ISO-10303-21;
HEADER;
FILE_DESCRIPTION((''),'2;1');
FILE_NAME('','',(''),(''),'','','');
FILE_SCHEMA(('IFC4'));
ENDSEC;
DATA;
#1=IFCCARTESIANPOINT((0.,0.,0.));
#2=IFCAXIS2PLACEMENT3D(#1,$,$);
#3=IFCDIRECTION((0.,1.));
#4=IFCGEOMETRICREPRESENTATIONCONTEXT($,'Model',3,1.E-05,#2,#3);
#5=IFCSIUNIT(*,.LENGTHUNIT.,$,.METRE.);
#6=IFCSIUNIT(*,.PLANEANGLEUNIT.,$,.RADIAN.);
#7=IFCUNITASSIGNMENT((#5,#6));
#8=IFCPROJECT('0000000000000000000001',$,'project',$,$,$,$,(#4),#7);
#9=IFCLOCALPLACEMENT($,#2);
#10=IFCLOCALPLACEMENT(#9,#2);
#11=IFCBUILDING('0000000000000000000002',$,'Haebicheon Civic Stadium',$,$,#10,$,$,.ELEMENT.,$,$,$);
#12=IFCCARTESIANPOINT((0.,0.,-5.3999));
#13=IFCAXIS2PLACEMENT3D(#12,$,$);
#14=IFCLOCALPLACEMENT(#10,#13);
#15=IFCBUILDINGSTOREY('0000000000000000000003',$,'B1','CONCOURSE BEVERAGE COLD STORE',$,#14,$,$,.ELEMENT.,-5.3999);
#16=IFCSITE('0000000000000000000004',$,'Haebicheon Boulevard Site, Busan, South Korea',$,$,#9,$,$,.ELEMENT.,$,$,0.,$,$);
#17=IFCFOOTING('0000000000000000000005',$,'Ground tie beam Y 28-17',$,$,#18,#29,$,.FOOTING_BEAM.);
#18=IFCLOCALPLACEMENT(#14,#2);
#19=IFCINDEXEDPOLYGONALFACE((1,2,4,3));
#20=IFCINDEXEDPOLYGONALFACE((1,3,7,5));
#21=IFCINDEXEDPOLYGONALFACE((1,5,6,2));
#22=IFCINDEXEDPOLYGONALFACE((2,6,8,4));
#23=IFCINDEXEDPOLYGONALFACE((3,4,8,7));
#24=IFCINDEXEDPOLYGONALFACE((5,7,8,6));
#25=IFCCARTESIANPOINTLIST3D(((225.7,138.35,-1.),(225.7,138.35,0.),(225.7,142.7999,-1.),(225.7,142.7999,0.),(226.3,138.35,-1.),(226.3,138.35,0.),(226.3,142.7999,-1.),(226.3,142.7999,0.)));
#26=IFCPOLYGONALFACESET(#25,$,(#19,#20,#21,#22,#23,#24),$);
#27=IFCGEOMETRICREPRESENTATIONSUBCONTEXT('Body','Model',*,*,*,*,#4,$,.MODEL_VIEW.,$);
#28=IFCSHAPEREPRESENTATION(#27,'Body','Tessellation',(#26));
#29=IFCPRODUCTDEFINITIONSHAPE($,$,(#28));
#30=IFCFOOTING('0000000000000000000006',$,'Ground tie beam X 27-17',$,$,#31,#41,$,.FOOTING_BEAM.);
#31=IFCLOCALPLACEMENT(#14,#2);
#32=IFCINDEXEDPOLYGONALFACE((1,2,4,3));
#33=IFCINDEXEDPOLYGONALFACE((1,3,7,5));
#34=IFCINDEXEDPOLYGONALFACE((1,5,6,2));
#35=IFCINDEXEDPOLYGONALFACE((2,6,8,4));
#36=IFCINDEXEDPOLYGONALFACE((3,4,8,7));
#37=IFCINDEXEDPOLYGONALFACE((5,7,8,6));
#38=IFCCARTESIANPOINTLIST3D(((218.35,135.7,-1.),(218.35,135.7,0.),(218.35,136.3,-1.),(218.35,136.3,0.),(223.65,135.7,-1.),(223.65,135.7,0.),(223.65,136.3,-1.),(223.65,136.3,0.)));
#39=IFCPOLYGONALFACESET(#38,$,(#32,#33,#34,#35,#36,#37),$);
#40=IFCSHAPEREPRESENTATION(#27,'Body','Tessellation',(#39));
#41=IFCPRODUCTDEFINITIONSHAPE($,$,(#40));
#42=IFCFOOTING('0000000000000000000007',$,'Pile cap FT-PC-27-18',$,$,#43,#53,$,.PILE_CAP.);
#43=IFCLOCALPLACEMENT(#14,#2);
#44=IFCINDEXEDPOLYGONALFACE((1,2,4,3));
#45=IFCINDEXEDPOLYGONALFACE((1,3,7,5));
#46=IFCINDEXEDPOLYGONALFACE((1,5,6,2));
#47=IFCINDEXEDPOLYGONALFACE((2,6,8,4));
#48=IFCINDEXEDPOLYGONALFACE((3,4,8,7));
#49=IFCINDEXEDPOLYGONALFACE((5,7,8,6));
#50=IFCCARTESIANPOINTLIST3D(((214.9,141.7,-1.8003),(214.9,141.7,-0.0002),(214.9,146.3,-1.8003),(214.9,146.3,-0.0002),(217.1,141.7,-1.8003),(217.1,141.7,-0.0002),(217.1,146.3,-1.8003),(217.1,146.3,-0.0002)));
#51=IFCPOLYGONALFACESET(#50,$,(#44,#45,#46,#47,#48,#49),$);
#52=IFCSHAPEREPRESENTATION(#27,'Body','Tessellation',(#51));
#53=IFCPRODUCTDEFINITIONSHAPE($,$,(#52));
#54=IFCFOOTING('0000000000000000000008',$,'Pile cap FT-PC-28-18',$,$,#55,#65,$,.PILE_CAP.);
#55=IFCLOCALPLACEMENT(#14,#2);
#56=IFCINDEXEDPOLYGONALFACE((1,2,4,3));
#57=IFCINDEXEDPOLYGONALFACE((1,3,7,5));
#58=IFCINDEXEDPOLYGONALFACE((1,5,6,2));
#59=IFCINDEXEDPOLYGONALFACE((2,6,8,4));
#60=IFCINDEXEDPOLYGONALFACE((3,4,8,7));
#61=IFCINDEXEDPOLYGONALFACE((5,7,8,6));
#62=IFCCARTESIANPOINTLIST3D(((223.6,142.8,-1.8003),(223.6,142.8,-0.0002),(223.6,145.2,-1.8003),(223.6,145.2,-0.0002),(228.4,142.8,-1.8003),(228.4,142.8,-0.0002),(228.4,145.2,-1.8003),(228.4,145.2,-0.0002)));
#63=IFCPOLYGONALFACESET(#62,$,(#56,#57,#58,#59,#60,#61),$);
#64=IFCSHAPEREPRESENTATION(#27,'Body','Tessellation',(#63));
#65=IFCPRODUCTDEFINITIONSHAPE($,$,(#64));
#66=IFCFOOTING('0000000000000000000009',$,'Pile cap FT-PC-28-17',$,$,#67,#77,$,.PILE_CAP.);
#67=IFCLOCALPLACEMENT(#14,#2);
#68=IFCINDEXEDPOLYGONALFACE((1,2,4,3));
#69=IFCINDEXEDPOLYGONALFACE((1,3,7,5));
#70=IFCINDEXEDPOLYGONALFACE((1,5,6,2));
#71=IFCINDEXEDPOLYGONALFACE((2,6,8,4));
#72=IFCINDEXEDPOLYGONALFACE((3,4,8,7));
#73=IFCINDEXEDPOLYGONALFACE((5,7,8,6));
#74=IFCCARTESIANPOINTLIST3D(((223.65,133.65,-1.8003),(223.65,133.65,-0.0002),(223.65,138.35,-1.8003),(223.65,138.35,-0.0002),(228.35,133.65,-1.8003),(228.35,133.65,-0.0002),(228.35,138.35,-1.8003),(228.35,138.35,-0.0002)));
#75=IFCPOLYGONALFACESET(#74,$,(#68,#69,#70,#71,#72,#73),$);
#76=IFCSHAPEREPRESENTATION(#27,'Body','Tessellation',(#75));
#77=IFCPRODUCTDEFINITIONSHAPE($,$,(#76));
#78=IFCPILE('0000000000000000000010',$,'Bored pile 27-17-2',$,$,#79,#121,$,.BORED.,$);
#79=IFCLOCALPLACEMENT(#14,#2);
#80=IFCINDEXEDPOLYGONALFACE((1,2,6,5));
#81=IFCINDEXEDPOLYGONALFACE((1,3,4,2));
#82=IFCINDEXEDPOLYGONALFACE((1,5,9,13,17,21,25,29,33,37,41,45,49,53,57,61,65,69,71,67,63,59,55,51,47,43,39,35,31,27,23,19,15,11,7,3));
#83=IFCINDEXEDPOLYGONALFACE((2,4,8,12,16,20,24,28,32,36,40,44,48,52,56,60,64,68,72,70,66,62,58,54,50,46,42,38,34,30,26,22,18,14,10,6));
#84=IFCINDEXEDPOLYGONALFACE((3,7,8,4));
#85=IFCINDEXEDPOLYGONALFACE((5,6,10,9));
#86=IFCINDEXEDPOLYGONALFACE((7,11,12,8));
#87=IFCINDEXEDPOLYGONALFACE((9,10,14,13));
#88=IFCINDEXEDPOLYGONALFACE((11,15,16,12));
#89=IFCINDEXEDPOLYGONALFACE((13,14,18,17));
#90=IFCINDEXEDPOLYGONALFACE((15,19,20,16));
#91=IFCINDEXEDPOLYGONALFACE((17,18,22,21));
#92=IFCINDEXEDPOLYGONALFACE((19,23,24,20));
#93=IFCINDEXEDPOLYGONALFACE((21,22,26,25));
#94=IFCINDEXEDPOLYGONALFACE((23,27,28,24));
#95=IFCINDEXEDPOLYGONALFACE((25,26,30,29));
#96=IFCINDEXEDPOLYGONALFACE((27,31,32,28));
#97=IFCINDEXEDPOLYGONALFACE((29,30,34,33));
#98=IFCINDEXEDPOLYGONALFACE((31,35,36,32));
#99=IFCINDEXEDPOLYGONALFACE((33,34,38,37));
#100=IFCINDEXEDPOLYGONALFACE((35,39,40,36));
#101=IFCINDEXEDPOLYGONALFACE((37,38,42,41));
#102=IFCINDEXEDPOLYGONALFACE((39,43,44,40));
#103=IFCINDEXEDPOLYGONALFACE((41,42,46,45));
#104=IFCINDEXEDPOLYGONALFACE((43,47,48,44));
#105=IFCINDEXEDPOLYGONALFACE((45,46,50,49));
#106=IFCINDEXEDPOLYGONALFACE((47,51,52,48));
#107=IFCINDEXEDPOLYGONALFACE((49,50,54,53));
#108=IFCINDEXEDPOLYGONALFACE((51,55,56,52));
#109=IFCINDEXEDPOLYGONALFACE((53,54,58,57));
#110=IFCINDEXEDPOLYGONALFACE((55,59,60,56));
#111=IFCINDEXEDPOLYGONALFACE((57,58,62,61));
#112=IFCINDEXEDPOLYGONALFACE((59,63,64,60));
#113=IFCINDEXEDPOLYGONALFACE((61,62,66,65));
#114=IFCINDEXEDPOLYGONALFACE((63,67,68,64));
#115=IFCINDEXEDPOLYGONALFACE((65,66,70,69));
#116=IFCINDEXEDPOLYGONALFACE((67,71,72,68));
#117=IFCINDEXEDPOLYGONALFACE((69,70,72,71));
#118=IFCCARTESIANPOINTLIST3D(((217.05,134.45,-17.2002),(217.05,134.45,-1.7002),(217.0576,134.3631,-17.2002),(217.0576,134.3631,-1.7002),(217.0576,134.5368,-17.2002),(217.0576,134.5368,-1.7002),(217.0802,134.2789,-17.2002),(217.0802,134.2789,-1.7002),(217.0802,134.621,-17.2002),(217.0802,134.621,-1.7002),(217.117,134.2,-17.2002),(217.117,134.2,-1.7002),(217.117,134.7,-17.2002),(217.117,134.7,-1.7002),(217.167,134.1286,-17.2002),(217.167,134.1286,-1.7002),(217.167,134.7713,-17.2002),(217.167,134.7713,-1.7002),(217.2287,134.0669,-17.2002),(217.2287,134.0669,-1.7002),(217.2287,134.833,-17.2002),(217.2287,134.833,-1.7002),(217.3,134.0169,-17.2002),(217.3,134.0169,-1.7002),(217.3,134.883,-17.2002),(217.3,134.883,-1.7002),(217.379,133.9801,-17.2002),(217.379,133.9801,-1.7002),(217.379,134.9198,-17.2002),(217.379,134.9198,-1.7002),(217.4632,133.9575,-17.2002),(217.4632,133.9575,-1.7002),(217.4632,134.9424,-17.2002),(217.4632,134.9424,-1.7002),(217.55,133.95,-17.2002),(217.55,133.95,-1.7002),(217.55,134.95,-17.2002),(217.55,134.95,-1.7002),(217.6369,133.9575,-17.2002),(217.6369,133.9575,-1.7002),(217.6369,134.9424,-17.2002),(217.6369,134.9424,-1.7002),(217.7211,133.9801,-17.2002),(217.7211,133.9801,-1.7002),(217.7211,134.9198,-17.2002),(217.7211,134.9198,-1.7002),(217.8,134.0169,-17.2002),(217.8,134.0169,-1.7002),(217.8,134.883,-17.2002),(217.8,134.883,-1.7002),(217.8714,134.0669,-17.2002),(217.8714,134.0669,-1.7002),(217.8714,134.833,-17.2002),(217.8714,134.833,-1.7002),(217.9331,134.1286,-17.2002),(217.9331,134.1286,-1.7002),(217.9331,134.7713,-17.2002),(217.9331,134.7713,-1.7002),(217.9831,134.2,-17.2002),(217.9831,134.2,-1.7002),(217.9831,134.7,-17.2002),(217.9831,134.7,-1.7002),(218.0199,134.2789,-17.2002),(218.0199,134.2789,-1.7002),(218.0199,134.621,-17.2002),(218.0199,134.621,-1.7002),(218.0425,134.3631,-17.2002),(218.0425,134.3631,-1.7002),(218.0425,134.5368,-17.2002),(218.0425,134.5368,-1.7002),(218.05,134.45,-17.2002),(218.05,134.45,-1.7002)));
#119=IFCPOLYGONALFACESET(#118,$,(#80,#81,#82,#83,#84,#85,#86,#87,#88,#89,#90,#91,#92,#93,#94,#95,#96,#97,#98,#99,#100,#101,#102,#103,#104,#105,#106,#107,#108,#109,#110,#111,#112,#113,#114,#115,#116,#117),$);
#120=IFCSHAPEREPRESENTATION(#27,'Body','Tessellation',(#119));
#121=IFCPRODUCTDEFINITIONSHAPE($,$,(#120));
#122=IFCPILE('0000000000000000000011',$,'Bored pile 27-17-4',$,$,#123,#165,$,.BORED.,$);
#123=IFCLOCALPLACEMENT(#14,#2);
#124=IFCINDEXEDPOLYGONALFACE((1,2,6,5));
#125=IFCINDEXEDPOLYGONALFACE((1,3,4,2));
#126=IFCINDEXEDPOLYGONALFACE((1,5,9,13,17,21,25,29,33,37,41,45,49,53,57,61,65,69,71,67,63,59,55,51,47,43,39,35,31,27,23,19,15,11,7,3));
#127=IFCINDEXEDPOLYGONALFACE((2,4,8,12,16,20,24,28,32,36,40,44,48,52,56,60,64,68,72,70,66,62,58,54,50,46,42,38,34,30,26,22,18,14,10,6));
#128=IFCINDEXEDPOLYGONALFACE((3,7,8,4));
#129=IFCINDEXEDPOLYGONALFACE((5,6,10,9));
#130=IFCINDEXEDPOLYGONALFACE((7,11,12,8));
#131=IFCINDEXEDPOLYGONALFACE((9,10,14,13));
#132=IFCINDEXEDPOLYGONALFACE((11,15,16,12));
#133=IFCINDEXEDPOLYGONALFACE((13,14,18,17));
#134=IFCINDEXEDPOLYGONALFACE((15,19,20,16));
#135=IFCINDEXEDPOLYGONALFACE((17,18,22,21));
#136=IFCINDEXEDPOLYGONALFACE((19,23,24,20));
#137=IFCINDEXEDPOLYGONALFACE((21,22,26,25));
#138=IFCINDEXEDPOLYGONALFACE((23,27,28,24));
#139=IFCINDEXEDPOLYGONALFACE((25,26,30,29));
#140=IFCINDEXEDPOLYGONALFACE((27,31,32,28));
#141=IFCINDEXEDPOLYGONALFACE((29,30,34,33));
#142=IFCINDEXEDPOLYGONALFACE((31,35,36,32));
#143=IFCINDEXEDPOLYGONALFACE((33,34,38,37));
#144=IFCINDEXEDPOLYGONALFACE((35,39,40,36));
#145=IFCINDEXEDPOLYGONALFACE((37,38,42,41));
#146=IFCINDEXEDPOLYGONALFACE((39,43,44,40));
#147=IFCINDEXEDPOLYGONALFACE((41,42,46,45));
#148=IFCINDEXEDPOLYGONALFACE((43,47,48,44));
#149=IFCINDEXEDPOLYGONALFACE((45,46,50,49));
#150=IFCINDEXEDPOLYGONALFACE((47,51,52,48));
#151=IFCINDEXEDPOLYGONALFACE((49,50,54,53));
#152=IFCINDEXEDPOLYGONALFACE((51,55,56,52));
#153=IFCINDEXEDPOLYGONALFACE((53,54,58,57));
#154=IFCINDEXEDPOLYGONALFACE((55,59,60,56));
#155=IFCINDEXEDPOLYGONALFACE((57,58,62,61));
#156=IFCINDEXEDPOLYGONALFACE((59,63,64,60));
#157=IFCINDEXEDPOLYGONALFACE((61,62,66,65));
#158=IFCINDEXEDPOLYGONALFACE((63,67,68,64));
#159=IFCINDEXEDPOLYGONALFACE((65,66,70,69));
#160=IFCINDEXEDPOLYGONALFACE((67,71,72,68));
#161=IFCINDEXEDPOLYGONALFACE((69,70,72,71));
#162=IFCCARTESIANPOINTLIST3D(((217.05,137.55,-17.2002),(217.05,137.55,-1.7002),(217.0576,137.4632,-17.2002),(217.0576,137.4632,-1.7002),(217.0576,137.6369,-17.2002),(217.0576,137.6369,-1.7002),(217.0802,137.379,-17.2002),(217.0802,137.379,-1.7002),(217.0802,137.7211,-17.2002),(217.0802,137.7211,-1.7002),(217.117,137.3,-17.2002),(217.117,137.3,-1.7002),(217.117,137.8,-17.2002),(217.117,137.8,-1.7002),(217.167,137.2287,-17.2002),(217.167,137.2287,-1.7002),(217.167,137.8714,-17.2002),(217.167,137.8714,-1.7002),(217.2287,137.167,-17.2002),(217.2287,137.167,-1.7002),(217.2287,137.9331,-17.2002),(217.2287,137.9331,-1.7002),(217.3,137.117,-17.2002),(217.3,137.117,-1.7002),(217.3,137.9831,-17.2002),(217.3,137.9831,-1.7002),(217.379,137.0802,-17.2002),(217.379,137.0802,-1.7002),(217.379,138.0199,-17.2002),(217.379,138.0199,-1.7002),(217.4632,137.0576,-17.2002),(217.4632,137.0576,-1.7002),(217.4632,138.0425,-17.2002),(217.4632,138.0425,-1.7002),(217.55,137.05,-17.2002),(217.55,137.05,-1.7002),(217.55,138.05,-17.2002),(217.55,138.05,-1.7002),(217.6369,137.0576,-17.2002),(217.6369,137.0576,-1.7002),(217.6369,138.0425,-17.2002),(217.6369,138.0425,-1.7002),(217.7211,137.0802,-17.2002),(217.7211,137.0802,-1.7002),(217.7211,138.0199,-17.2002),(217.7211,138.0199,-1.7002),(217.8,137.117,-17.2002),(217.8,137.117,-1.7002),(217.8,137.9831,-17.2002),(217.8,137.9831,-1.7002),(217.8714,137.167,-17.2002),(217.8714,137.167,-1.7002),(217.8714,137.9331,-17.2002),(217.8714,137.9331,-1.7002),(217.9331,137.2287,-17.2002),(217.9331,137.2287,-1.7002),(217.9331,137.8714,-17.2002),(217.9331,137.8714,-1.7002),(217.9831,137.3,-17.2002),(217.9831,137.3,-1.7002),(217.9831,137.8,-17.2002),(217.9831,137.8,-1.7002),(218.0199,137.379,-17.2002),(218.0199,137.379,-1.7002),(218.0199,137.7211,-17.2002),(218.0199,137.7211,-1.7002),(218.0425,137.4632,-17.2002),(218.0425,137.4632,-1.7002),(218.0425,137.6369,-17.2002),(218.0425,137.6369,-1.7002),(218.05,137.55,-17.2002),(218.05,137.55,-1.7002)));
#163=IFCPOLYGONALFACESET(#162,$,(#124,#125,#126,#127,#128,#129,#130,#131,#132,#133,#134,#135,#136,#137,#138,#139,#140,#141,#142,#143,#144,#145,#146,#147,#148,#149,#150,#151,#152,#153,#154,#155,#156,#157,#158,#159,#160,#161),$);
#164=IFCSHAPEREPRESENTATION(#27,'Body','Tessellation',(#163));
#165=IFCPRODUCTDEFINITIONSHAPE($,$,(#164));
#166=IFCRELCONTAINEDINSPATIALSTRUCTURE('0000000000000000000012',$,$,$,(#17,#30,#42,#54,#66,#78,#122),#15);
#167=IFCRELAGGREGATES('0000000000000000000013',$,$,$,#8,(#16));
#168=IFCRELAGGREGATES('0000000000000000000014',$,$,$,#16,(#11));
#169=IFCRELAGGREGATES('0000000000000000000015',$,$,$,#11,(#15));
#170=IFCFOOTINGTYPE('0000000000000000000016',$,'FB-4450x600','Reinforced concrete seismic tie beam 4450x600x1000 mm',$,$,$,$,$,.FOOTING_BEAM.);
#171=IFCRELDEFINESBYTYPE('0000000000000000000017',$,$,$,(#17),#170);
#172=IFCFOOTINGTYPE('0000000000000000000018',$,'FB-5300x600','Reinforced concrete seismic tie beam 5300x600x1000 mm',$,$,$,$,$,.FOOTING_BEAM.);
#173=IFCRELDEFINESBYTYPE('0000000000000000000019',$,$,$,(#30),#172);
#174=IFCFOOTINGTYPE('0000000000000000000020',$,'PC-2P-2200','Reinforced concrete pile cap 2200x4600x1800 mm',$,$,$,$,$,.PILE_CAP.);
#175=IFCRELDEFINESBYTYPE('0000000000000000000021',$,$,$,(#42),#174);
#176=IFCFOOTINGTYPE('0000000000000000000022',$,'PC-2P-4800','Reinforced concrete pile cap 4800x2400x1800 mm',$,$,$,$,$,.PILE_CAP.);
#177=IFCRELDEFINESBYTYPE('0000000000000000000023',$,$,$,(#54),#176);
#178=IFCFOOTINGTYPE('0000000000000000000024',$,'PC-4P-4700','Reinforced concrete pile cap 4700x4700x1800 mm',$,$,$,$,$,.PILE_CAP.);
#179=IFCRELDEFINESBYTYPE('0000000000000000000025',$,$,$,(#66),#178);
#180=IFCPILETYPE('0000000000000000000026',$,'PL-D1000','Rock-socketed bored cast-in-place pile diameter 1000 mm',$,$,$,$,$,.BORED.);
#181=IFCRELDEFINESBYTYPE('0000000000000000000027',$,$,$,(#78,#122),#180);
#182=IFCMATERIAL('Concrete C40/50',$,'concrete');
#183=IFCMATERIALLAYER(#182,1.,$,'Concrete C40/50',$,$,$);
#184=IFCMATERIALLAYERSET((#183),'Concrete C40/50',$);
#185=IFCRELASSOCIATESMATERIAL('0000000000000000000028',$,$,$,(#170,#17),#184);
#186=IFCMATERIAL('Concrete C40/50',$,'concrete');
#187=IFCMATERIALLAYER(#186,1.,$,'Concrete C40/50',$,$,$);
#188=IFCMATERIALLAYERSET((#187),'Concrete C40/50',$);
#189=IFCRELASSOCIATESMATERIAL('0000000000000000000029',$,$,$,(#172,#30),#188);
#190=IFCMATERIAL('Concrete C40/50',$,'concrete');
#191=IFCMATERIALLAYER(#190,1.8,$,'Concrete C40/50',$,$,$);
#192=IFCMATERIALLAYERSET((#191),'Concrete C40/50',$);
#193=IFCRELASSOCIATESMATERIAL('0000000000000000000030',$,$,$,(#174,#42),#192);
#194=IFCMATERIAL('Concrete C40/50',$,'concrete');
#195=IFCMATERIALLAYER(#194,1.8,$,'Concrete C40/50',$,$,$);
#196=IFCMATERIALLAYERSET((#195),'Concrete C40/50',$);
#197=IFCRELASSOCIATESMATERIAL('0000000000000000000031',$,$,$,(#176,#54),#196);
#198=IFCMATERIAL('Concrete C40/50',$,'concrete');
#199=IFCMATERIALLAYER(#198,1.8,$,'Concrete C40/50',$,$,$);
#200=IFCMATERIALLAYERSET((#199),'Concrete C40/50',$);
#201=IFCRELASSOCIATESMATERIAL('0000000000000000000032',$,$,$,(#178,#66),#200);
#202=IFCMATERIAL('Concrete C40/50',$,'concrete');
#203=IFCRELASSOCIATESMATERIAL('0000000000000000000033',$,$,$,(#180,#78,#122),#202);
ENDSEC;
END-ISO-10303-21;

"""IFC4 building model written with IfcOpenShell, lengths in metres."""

from ifc_helpers import new_model, si_unit, direction, frame, origin, origin_2d, place, context, subcontext, project, spatial, rectangle, circle, extrude, material, layer, layer_set, material_profile, profile_set, type_object, element, save


model = new_model("IFC4")

# Units and contexts
model_context = context("Model", 3, precision=1e-05, world=origin(), true_north=direction((0.0, 1.0)))
body_context = subcontext(model_context, "Body", "Model", "MODEL_VIEW")
ifc_project = project(units=[si_unit("LENGTHUNIT", "METRE"), si_unit("PLANEANGLEUNIT", "RADIAN")], contexts=[model_context])

# Site, building, storey
site_placement = place(None, origin())
site = spatial("IfcSite", under=ifc_project, at=site_placement, Name="Haebicheon Boulevard Site, Busan, South Korea", CompositionType="ELEMENT", RefElevation=0.0)
building_placement = place(site_placement, origin())
building = spatial("IfcBuilding", under=site, at=building_placement, Name="Haebicheon Civic Stadium", CompositionType="ELEMENT")
storey_placement = place(building_placement, frame((0.0, 0.0, -5.3999)))
storey = spatial("IfcBuildingStorey", under=building, at=storey_placement, Name="B1", Description="CONCOURSE BEVERAGE COLD STORE", CompositionType="ELEMENT", Elevation=-5.3999)

# Footings
ifc_material_1 = material(Name="Concrete C40/50", Category="concrete")
ifc_layer_1 = layer(ifc_material_1, 1.0, Name="Concrete C40/50")
ifc_layer_set_1 = layer_set([ifc_layer_1], Name="Concrete C40/50")
footing_type_1 = type_object("IfcFootingType", Name="FB-4450x600", Description="Reinforced concrete seismic tie beam 4450x600x1000 mm", PredefinedType="FOOTING_BEAM", material=ifc_layer_set_1)
footing_1_placement = place(storey_placement, frame((226.0, 140.575, -1.0), z_axis=(0.0, 0.0, 1.0), x_axis=(0.0, 1.0, 0.0)))
element("IfcFooting", 1, at=footing_1_placement, inside=storey, type_object=footing_type_1, material=ifc_layer_set_1, Name="Ground tie beam Y 28-17", PredefinedType="FOOTING_BEAM", context=body_context, shape_type="SweptSolid", body=[
    extrude(rectangle(XDim=4.45, YDim=0.6001, at=origin_2d()), origin(), (0.0, 0.0, 1.0), 1.0),
])
ifc_material_2 = material(Name="Concrete C40/50", Category="concrete")
ifc_layer_2 = layer(ifc_material_2, 1.0, Name="Concrete C40/50")
ifc_layer_set_2 = layer_set([ifc_layer_2], Name="Concrete C40/50")
footing_type_2 = type_object("IfcFootingType", Name="FB-5300x600", Description="Reinforced concrete seismic tie beam 5300x600x1000 mm", PredefinedType="FOOTING_BEAM", material=ifc_layer_set_2)
footing_2_placement = place(storey_placement, frame((221.0, 136.0, -1.0), z_axis=(0.0, 0.0, 1.0), x_axis=(1.0, 0.0, 0.0)))
element("IfcFooting", 2, at=footing_2_placement, inside=storey, type_object=footing_type_2, material=ifc_layer_set_2, Name="Ground tie beam X 27-17", PredefinedType="FOOTING_BEAM", context=body_context, shape_type="SweptSolid", body=[
    extrude(rectangle(XDim=5.3, YDim=0.6001, at=origin_2d()), origin(), (0.0, 0.0, 1.0), 1.0),
])
ifc_material_3 = material(Name="Concrete C40/50", Category="concrete")
ifc_layer_3 = layer(ifc_material_3, 1.8, Name="Concrete C40/50")
ifc_layer_set_3 = layer_set([ifc_layer_3], Name="Concrete C40/50")
footing_type_3 = type_object("IfcFootingType", Name="PC-2P-2200", Description="Reinforced concrete pile cap 2200x4600x1800 mm", PredefinedType="PILE_CAP", material=ifc_layer_set_3)
footing_3_placement = place(storey_placement, frame((216.0, 144.0, -1.8003), z_axis=(0.0, 0.0, 1.0), x_axis=(1.0, 0.0, 0.0)))
element("IfcFooting", 3, at=footing_3_placement, inside=storey, type_object=footing_type_3, material=ifc_layer_set_3, Name="Pile cap FT-PC-27-18", PredefinedType="PILE_CAP", context=body_context, shape_type="SweptSolid", body=[
    extrude(rectangle(XDim=2.2, YDim=4.6001, at=origin_2d()), origin(), (0.0, 0.0, 1.0), 1.8),
])
ifc_material_4 = material(Name="Concrete C40/50", Category="concrete")
ifc_layer_4 = layer(ifc_material_4, 1.8, Name="Concrete C40/50")
ifc_layer_set_4 = layer_set([ifc_layer_4], Name="Concrete C40/50")
footing_type_4 = type_object("IfcFootingType", Name="PC-2P-4800", Description="Reinforced concrete pile cap 4800x2400x1800 mm", PredefinedType="PILE_CAP", material=ifc_layer_set_4)
footing_4_placement = place(storey_placement, frame((226.0, 144.0, -1.8003), z_axis=(0.0, 0.0, 1.0), x_axis=(1.0, 0.0, 0.0)))
element("IfcFooting", 4, at=footing_4_placement, inside=storey, type_object=footing_type_4, material=ifc_layer_set_4, Name="Pile cap FT-PC-28-18", PredefinedType="PILE_CAP", context=body_context, shape_type="SweptSolid", body=[
    extrude(rectangle(XDim=4.8, YDim=2.3999, at=origin_2d()), origin(), (0.0, 0.0, 1.0), 1.8),
])
ifc_material_5 = material(Name="Concrete C40/50", Category="concrete")
ifc_layer_5 = layer(ifc_material_5, 1.8, Name="Concrete C40/50")
ifc_layer_set_5 = layer_set([ifc_layer_5], Name="Concrete C40/50")
footing_type_5 = type_object("IfcFootingType", Name="PC-4P-4700", Description="Reinforced concrete pile cap 4700x4700x1800 mm", PredefinedType="PILE_CAP", material=ifc_layer_set_5)
footing_5_placement = place(storey_placement, frame((226.0, 136.0, -1.8003), z_axis=(0.0, 0.0, 1.0), x_axis=(1.0, 0.0, 0.0)))
element("IfcFooting", 5, at=footing_5_placement, inside=storey, type_object=footing_type_5, material=ifc_layer_set_5, Name="Pile cap FT-PC-28-17", PredefinedType="PILE_CAP", context=body_context, shape_type="SweptSolid", body=[
    extrude(rectangle(XDim=4.7, YDim=4.7, at=origin_2d()), origin(), (0.0, 0.0, 1.0), 1.8),
])

# Piles
ifc_material_6 = material(Name="Concrete C40/50", Category="concrete")
ifc_material_profile_1 = material_profile(ifc_material_6, circle(Radius=0.5, at=origin_2d()), Name="PILE-D1000")
ifc_profile_set_1 = profile_set([ifc_material_profile_1], Name="Concrete C40/50")
pile_type = type_object("IfcPileType", Name="PL-D1000", Description="Rock-socketed bored cast-in-place pile diameter 1000 mm", PredefinedType="BORED", material=ifc_profile_set_1)
for number, where, z_axis, x_axis, name in (
    (6, (217.55, 134.45, -1.7002), (0.0, 0.0, -1.0), (1.0, 0.0, 0.0), "Bored pile 27-17-2"),
    (7, (217.55, 137.55, -1.7002), (0.0, 0.0, -1.0), (1.0, 0.0, 0.0), "Bored pile 27-17-4"),
):
    element("IfcPile", number, at=place(storey_placement, frame(where, z_axis=z_axis, x_axis=x_axis)), inside=storey, type_object=pile_type, material=ifc_profile_set_1, Name=name, PredefinedType="BORED", context=body_context, shape_type="SweptSolid", body=[
        extrude(circle(Radius=0.5, at=origin_2d()), origin(), (0.0, 0.0, 1.0), 15.5),
    ])

save(model, "model.ifc")
